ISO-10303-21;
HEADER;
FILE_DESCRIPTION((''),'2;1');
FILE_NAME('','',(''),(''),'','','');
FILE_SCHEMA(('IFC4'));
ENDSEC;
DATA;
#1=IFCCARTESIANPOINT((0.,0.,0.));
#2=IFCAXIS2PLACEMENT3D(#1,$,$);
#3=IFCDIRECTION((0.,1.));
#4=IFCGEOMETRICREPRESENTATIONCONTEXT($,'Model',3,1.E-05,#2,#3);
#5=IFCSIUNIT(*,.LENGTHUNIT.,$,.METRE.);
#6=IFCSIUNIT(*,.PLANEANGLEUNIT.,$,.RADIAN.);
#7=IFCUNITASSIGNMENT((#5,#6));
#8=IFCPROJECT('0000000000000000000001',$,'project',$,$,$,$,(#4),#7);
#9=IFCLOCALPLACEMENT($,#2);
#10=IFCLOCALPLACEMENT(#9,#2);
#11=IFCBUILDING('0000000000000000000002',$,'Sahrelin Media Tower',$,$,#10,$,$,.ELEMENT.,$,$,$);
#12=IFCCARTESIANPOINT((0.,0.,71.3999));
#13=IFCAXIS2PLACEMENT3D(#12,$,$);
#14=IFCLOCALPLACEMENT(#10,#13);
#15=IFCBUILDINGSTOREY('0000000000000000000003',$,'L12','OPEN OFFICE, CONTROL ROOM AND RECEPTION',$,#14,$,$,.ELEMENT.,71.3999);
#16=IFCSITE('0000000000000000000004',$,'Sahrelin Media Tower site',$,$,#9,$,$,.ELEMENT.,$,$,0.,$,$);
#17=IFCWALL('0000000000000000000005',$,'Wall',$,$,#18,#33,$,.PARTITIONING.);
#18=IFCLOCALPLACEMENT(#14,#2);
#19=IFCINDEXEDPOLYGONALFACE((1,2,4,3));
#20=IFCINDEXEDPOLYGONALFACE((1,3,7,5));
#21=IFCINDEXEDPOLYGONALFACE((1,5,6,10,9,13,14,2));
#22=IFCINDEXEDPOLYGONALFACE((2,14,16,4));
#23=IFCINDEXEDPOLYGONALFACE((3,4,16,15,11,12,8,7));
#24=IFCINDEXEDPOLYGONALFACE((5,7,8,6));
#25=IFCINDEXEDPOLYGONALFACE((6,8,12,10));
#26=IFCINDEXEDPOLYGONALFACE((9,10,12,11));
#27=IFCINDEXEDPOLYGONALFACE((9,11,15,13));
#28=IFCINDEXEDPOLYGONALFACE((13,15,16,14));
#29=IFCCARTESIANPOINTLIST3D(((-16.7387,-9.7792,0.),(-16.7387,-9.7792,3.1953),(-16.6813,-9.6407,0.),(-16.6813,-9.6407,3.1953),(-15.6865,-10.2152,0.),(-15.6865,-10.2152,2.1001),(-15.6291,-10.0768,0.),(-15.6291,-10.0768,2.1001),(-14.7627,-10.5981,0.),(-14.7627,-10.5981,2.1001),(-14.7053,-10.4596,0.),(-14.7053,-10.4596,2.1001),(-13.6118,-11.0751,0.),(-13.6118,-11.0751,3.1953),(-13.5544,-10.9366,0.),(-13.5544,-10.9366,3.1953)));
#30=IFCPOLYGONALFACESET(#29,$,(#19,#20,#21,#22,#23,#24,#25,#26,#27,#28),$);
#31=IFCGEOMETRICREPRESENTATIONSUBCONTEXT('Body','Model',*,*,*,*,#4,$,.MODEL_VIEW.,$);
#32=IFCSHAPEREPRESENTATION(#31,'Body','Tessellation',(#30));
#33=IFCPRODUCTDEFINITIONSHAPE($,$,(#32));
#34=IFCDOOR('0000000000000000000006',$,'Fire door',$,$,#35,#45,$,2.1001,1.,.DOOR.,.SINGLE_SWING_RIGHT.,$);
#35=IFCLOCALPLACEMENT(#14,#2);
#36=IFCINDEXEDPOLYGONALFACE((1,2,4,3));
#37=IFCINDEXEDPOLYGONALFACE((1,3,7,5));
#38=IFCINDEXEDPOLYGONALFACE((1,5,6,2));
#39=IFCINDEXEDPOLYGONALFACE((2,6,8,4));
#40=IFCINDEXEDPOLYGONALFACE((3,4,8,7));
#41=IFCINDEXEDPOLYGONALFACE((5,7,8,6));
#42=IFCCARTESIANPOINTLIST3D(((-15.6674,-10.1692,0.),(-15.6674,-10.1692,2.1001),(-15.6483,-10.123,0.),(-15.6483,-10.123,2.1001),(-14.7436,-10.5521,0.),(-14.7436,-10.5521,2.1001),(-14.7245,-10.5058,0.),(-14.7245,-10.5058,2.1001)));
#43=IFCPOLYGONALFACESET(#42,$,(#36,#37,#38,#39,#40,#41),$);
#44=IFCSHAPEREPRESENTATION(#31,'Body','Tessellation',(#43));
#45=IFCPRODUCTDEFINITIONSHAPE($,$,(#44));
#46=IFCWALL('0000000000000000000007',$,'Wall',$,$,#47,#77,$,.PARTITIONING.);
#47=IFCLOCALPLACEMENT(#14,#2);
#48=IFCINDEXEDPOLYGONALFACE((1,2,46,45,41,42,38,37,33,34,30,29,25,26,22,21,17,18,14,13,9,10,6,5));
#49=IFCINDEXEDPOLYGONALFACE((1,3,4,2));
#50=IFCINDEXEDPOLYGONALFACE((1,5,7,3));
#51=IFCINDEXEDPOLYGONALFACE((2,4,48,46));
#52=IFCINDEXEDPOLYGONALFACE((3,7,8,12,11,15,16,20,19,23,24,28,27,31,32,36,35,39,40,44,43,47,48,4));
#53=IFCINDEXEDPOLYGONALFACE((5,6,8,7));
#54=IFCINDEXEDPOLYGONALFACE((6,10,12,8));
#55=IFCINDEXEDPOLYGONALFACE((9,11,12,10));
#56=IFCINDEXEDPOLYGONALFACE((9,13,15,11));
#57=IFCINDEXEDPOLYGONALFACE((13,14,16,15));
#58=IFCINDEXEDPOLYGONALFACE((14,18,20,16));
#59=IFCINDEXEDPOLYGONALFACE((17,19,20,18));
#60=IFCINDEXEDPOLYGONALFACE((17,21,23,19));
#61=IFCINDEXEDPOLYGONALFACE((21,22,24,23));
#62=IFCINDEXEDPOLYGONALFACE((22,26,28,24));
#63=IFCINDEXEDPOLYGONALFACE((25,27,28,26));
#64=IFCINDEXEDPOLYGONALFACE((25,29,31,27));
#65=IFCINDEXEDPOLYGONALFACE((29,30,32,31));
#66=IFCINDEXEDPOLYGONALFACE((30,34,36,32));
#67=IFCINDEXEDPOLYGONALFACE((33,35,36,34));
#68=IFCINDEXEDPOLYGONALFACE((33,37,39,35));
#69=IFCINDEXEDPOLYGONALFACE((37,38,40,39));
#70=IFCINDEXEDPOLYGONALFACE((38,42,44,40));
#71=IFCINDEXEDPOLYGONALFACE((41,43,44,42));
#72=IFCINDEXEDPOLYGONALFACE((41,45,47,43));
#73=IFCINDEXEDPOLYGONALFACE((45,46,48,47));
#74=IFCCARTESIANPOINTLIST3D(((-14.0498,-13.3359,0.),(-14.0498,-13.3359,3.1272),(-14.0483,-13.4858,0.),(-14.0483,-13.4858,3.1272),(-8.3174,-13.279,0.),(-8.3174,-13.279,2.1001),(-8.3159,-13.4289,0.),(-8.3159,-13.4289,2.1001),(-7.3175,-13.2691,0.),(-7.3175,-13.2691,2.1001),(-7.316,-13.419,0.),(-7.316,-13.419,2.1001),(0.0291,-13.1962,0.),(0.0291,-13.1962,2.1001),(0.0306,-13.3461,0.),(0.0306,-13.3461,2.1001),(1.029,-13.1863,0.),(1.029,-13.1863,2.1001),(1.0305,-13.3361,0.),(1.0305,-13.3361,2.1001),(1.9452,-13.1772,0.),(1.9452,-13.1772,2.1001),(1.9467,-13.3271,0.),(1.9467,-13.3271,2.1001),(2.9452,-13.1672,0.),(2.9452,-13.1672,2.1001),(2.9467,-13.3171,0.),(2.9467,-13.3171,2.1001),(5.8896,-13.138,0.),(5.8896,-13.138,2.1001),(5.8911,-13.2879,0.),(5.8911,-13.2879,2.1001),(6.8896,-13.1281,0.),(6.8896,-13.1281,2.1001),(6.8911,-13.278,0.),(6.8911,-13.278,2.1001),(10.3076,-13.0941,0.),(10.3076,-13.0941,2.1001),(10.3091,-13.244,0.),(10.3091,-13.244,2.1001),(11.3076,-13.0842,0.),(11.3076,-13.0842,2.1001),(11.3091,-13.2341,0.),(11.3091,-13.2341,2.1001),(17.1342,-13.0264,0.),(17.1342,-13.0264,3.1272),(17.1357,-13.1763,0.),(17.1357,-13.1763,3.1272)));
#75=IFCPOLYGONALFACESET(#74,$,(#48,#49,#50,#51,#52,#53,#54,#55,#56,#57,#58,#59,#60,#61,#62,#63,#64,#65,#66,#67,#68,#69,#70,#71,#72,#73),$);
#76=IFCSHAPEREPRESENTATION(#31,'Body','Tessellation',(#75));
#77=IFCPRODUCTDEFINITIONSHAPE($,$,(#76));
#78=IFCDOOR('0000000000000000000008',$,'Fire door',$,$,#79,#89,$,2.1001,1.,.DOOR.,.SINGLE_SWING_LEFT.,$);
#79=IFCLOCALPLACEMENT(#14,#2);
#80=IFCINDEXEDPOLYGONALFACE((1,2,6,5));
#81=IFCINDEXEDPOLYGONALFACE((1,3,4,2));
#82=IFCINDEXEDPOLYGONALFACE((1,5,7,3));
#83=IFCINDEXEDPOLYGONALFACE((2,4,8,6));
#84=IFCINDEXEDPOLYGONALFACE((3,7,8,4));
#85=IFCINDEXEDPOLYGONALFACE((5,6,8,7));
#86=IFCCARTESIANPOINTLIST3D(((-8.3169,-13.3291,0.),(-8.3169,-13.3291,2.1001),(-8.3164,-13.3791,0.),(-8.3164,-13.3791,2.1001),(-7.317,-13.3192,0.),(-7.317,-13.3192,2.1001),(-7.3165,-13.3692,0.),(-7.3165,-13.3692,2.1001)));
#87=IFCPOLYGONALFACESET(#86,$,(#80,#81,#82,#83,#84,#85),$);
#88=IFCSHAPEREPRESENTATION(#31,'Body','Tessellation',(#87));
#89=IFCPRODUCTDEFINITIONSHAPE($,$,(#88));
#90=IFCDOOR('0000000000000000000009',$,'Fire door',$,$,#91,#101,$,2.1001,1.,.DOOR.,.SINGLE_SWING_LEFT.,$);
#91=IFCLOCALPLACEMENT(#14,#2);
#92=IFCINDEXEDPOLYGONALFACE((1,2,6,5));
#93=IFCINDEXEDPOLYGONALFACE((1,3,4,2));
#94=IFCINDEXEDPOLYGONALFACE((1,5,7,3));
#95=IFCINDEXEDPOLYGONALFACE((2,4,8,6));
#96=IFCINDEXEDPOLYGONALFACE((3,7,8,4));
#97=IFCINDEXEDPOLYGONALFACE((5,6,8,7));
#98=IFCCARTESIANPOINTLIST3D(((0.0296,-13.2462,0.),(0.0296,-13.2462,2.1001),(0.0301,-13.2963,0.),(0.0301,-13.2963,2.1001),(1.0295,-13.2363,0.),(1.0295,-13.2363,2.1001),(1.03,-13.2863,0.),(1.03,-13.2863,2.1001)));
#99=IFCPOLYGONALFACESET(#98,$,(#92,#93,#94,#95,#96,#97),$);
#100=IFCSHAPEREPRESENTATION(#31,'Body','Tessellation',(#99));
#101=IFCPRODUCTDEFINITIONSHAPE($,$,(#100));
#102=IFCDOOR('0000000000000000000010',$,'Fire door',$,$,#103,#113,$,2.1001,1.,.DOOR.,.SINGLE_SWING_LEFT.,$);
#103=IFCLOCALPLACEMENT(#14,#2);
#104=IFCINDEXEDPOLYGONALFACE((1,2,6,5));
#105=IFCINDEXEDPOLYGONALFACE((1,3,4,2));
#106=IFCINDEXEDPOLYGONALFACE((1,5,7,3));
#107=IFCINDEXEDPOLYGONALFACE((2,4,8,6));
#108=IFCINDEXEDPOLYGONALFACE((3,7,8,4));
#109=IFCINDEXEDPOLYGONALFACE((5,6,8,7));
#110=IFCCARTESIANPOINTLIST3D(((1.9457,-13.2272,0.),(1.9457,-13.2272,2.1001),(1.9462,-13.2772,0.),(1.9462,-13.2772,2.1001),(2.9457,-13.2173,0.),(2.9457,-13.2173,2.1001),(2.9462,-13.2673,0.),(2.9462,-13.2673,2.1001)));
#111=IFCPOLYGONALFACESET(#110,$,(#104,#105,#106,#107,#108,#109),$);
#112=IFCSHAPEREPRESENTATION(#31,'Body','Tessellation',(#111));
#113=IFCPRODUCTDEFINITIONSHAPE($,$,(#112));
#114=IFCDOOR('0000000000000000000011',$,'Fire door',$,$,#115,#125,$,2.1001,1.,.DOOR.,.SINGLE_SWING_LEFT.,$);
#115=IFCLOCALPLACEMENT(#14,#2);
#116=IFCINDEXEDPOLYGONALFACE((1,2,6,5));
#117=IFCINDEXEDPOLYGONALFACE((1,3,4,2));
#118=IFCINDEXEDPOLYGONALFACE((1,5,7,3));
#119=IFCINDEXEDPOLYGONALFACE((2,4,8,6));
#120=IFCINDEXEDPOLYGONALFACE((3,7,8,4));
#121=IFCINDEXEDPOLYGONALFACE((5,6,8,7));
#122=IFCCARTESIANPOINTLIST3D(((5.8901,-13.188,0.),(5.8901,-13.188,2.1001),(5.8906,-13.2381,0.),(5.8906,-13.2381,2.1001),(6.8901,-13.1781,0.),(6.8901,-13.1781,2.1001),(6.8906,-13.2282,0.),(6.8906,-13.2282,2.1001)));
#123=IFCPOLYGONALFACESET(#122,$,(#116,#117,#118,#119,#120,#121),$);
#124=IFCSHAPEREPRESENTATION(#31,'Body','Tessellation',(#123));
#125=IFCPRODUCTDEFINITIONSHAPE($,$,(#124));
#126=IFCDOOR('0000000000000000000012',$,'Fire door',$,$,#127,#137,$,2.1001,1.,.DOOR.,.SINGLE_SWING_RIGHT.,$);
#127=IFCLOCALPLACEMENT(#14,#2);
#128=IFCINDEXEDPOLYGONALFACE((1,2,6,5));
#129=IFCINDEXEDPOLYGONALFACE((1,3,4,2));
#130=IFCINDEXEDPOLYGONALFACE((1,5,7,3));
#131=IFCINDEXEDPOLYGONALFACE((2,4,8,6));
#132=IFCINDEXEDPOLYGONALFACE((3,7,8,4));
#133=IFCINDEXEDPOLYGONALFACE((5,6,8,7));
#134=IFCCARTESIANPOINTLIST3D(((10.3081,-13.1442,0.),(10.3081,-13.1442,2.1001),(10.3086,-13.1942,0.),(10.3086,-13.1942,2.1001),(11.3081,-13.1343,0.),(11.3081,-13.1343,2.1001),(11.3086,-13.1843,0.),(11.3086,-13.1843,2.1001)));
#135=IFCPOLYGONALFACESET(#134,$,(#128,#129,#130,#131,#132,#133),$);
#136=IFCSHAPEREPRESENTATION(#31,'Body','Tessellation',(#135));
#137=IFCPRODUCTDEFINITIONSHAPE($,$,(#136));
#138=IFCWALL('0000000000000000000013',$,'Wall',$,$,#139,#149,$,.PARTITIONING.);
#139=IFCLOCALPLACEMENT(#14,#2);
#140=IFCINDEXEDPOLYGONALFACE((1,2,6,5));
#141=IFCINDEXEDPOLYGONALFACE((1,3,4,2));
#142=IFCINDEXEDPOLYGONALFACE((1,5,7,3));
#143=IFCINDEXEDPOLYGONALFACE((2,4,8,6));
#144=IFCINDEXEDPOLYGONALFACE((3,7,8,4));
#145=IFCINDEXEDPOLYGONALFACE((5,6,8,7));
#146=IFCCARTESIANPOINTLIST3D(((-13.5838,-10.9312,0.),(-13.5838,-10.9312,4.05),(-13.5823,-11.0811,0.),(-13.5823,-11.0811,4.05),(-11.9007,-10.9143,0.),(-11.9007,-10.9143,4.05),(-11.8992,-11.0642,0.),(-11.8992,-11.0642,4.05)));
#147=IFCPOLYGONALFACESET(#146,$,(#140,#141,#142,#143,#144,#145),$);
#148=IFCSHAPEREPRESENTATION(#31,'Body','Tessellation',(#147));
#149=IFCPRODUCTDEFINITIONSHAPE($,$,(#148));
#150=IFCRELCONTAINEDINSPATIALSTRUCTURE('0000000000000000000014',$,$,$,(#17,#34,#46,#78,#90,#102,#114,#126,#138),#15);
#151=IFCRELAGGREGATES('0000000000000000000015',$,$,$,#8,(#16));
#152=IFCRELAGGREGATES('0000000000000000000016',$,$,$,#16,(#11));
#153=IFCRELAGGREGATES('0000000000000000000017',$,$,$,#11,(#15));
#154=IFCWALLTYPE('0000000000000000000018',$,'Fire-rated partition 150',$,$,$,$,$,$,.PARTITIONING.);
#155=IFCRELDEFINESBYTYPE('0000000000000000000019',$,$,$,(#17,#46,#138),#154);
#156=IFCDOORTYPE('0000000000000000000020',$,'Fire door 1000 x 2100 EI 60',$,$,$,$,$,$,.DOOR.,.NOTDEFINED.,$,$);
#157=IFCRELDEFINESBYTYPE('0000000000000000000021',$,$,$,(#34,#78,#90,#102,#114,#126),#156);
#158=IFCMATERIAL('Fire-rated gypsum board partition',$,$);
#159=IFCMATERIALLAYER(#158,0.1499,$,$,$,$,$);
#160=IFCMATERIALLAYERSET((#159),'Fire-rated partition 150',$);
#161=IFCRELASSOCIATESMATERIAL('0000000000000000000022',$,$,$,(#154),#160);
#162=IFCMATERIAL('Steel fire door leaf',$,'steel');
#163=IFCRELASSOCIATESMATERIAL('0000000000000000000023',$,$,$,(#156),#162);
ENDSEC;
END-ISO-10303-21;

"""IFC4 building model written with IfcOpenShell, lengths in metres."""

from ifc_helpers import new_model, si_unit, direction, frame, frame_2d, origin, place, context, subcontext, project, spatial, rectangle, extrude, material, layer, layer_set, type_object, element, fill, save


model = new_model("IFC4")

# Units and contexts
model_context = context("Model", 3, precision=1e-05, world=origin(), true_north=direction((0.0, 1.0)))
body_context = subcontext(model_context, "Body", "Model", "MODEL_VIEW")
ifc_project = project(units=[si_unit("LENGTHUNIT", "METRE"), si_unit("PLANEANGLEUNIT", "RADIAN")], contexts=[model_context])

# Site, building, storey
site_placement = place(None, origin())
site = spatial("IfcSite", under=ifc_project, at=site_placement, Name="Sahrelin Media Tower site", CompositionType="ELEMENT", RefElevation=0.0)
building_placement = place(site_placement, origin())
building = spatial("IfcBuilding", under=site, at=building_placement, Name="Sahrelin Media Tower", CompositionType="ELEMENT")
storey_placement = place(building_placement, frame((0.0, 0.0, 71.3999)))
storey = spatial("IfcBuildingStorey", under=building, at=storey_placement, Name="L12", Description="OPEN OFFICE, CONTROL ROOM AND RECEPTION", CompositionType="ELEMENT", Elevation=71.3999)

# Wall, opening, door
ifc_material_1 = material(Name="Fire-rated gypsum board partition")
ifc_layer_1 = layer(ifc_material_1, 0.1499)
ifc_layer_set_1 = layer_set([ifc_layer_1], Name="Fire-rated partition 150")
wall_type_1 = type_object("IfcWallType", Name="Fire-rated partition 150", PredefinedType="PARTITIONING", material=ifc_layer_set_1)
wall_1_placement = place(storey_placement, frame((-16.71, -9.71, 0.0), z_axis=(0.0, 0.0, 1.0), x_axis=(0.923809, -0.382853, 0.0)))
wall_1 = element("IfcWall", 1, at=wall_1_placement, inside=storey, type_object=wall_type_1, Name="Wall", PredefinedType="PARTITIONING", context=body_context, shape_type="SweptSolid", body=[
    extrude(rectangle(XDim=3.3848, YDim=0.1499, at=frame_2d((1.6924, 0.0))), origin(), (0.0, 0.0, 1.0), 3.1953),
])
opening_1_placement = place(wall_1_placement, frame((1.1389, 0.0, 0.0)))
opening_1 = element("IfcOpeningElement", 2, at=opening_1_placement, cuts=wall_1, PredefinedType="OPENING", context=body_context, shape_type="SweptSolid", body=[
    extrude(rectangle(XDim=1.0, YDim=2.1001, at=frame_2d((0.5, 1.05))), frame((0.0, 0.075, 0.0), z_axis=(0.0, -1.0, 0.0), x_axis=(1.0, 0.0, 0.0)), (0.0, 0.0, 1.0), 0.1499),
])
ifc_material_2 = material(Name="Steel fire door leaf", Category="steel")
door_type_1 = type_object("IfcDoorType", Name="Fire door 1000 x 2100 EI 60", OperationType="NOTDEFINED", PredefinedType="DOOR", material=ifc_material_2)
door_1_placement = place(opening_1_placement, origin())
door_1 = element("IfcDoor", 3, at=door_1_placement, inside=storey, type_object=door_type_1, Name="Fire door", OperationType="SINGLE_SWING_RIGHT", OverallHeight=2.1001, OverallWidth=1.0, PredefinedType="DOOR", context=body_context, shape_type="SweptSolid", body=[
    extrude(rectangle(XDim=1.0, YDim=2.1001, at=frame_2d((0.5, 1.05))), frame((0.0, 0.0249, 0.0), z_axis=(0.0, -1.0, 0.0), x_axis=(1.0, 0.0, 0.0)), (0.0, 0.0, 1.0), 0.05),
])
fill(opening_1, door_1)

# Wall, openings, doors
wall_2_placement = place(storey_placement, frame((-14.0491, -13.4109, 0.0), z_axis=(0.0, 0.0, 1.0), x_axis=(0.999951, 0.009927, 0.0)))
wall_2 = element("IfcWall", 4, at=wall_2_placement, inside=storey, type_object=wall_type_1, Name="Wall", PredefinedType="PARTITIONING", context=body_context, shape_type="SweptSolid", body=[
    extrude(rectangle(XDim=31.1855, YDim=0.1499, at=frame_2d((15.5928, 0.0))), origin(), (0.0, 0.0, 1.0), 3.1272),
])
opening_2_placement = place(wall_2_placement, frame((5.7327, 0.0, 0.0)))
opening_2 = element("IfcOpeningElement", 5, at=opening_2_placement, cuts=wall_2, PredefinedType="OPENING", context=body_context, shape_type="SweptSolid", body=[
    extrude(rectangle(XDim=1.0, YDim=2.1001, at=frame_2d((0.5, 1.05))), frame((0.0, 0.075, 0.0), z_axis=(0.0, -1.0, 0.0), x_axis=(1.0, 0.0, 0.0)), (0.0, 0.0, 1.0), 0.1499),
])
opening_3_placement = place(wall_2_placement, frame((14.0796, 0.0, 0.0)))
opening_3 = element("IfcOpeningElement", 6, at=opening_3_placement, cuts=wall_2, PredefinedType="OPENING", context=body_context, shape_type="SweptSolid", body=[
    extrude(rectangle(XDim=1.0, YDim=2.1001, at=frame_2d((0.5, 1.05))), frame((0.0, 0.075, 0.0), z_axis=(0.0, -1.0, 0.0), x_axis=(1.0, 0.0, 0.0)), (0.0, 0.0, 1.0), 0.1499),
])
opening_4_placement = place(wall_2_placement, frame((15.9958, 0.0, 0.0)))
opening_4 = element("IfcOpeningElement", 7, at=opening_4_placement, cuts=wall_2, PredefinedType="OPENING", context=body_context, shape_type="SweptSolid", body=[
    extrude(rectangle(XDim=1.0, YDim=2.1001, at=frame_2d((0.5, 1.05))), frame((0.0, 0.075, 0.0), z_axis=(0.0, -1.0, 0.0), x_axis=(1.0, 0.0, 0.0)), (0.0, 0.0, 1.0), 0.1499),
])
opening_5_placement = place(wall_2_placement, frame((19.9404, 0.0, 0.0)))
opening_5 = element("IfcOpeningElement", 8, at=opening_5_placement, cuts=wall_2, PredefinedType="OPENING", context=body_context, shape_type="SweptSolid", body=[
    extrude(rectangle(XDim=1.0, YDim=2.1001, at=frame_2d((0.5, 1.05))), frame((0.0, 0.075, 0.0), z_axis=(0.0, -1.0, 0.0), x_axis=(1.0, 0.0, 0.0)), (0.0, 0.0, 1.0), 0.1499),
])
opening_6_placement = place(wall_2_placement, frame((24.3586, 0.0, 0.0)))
opening_6 = element("IfcOpeningElement", 9, at=opening_6_placement, cuts=wall_2, PredefinedType="OPENING", context=body_context, shape_type="SweptSolid", body=[
    extrude(rectangle(XDim=1.0, YDim=2.1001, at=frame_2d((0.5, 1.05))), frame((0.0, 0.075, 0.0), z_axis=(0.0, -1.0, 0.0), x_axis=(1.0, 0.0, 0.0)), (0.0, 0.0, 1.0), 0.1499),
])
door_2_placement = place(opening_2_placement, origin())
door_2 = element("IfcDoor", 10, at=door_2_placement, inside=storey, type_object=door_type_1, Name="Fire door", OperationType="SINGLE_SWING_LEFT", OverallHeight=2.1001, OverallWidth=1.0, PredefinedType="DOOR", context=body_context, shape_type="SweptSolid", body=[
    extrude(rectangle(XDim=1.0, YDim=2.1001, at=frame_2d((0.5, 1.05))), frame((0.0, 0.0249, 0.0), z_axis=(0.0, -1.0, 0.0), x_axis=(1.0, 0.0, 0.0)), (0.0, 0.0, 1.0), 0.05),
])
fill(opening_2, door_2)
door_3_placement = place(opening_3_placement, origin())
door_3 = element("IfcDoor", 11, at=door_3_placement, inside=storey, type_object=door_type_1, Name="Fire door", OperationType="SINGLE_SWING_LEFT", OverallHeight=2.1001, OverallWidth=1.0, PredefinedType="DOOR", context=body_context, shape_type="SweptSolid", body=[
    extrude(rectangle(XDim=1.0, YDim=2.1001, at=frame_2d((0.5, 1.05))), frame((0.0, 0.0249, 0.0), z_axis=(0.0, -1.0, 0.0), x_axis=(1.0, 0.0, 0.0)), (0.0, 0.0, 1.0), 0.05),
])
fill(opening_3, door_3)
door_4_placement = place(opening_4_placement, origin())
door_4 = element("IfcDoor", 12, at=door_4_placement, inside=storey, type_object=door_type_1, Name="Fire door", OperationType="SINGLE_SWING_LEFT", OverallHeight=2.1001, OverallWidth=1.0, PredefinedType="DOOR", context=body_context, shape_type="SweptSolid", body=[
    extrude(rectangle(XDim=1.0, YDim=2.1001, at=frame_2d((0.5, 1.05))), frame((0.0, 0.0249, 0.0), z_axis=(0.0, -1.0, 0.0), x_axis=(1.0, 0.0, 0.0)), (0.0, 0.0, 1.0), 0.05),
])
fill(opening_4, door_4)
door_5_placement = place(opening_5_placement, origin())
door_5 = element("IfcDoor", 13, at=door_5_placement, inside=storey, type_object=door_type_1, Name="Fire door", OperationType="SINGLE_SWING_LEFT", OverallHeight=2.1001, OverallWidth=1.0, PredefinedType="DOOR", context=body_context, shape_type="SweptSolid", body=[
    extrude(rectangle(XDim=1.0, YDim=2.1001, at=frame_2d((0.5, 1.05))), frame((0.0, 0.0249, 0.0), z_axis=(0.0, -1.0, 0.0), x_axis=(1.0, 0.0, 0.0)), (0.0, 0.0, 1.0), 0.05),
])
fill(opening_5, door_5)
door_6_placement = place(opening_6_placement, origin())
door_6 = element("IfcDoor", 14, at=door_6_placement, inside=storey, type_object=door_type_1, Name="Fire door", OperationType="SINGLE_SWING_RIGHT", OverallHeight=2.1001, OverallWidth=1.0, PredefinedType="DOOR", context=body_context, shape_type="SweptSolid", body=[
    extrude(rectangle(XDim=1.0, YDim=2.1001, at=frame_2d((0.5, 1.05))), frame((0.0, 0.0249, 0.0), z_axis=(0.0, -1.0, 0.0), x_axis=(1.0, 0.0, 0.0)), (0.0, 0.0, 1.0), 0.05),
])
fill(opening_6, door_6)

# Wall
wall_3_placement = place(storey_placement, frame((-13.583, -11.0061, 0.0), z_axis=(0.0, 0.0, 1.0), x_axis=(0.99995, 0.010008, 0.0)))
element("IfcWall", 15, at=wall_3_placement, inside=storey, type_object=wall_type_1, Name="Wall", PredefinedType="PARTITIONING", context=body_context, shape_type="SweptSolid", body=[
    extrude(rectangle(XDim=1.6831, YDim=0.1499, at=frame_2d((0.8416, 0.0))), origin(), (0.0, 0.0, 1.0), 4.05),
])

save(model, "model.ifc")
